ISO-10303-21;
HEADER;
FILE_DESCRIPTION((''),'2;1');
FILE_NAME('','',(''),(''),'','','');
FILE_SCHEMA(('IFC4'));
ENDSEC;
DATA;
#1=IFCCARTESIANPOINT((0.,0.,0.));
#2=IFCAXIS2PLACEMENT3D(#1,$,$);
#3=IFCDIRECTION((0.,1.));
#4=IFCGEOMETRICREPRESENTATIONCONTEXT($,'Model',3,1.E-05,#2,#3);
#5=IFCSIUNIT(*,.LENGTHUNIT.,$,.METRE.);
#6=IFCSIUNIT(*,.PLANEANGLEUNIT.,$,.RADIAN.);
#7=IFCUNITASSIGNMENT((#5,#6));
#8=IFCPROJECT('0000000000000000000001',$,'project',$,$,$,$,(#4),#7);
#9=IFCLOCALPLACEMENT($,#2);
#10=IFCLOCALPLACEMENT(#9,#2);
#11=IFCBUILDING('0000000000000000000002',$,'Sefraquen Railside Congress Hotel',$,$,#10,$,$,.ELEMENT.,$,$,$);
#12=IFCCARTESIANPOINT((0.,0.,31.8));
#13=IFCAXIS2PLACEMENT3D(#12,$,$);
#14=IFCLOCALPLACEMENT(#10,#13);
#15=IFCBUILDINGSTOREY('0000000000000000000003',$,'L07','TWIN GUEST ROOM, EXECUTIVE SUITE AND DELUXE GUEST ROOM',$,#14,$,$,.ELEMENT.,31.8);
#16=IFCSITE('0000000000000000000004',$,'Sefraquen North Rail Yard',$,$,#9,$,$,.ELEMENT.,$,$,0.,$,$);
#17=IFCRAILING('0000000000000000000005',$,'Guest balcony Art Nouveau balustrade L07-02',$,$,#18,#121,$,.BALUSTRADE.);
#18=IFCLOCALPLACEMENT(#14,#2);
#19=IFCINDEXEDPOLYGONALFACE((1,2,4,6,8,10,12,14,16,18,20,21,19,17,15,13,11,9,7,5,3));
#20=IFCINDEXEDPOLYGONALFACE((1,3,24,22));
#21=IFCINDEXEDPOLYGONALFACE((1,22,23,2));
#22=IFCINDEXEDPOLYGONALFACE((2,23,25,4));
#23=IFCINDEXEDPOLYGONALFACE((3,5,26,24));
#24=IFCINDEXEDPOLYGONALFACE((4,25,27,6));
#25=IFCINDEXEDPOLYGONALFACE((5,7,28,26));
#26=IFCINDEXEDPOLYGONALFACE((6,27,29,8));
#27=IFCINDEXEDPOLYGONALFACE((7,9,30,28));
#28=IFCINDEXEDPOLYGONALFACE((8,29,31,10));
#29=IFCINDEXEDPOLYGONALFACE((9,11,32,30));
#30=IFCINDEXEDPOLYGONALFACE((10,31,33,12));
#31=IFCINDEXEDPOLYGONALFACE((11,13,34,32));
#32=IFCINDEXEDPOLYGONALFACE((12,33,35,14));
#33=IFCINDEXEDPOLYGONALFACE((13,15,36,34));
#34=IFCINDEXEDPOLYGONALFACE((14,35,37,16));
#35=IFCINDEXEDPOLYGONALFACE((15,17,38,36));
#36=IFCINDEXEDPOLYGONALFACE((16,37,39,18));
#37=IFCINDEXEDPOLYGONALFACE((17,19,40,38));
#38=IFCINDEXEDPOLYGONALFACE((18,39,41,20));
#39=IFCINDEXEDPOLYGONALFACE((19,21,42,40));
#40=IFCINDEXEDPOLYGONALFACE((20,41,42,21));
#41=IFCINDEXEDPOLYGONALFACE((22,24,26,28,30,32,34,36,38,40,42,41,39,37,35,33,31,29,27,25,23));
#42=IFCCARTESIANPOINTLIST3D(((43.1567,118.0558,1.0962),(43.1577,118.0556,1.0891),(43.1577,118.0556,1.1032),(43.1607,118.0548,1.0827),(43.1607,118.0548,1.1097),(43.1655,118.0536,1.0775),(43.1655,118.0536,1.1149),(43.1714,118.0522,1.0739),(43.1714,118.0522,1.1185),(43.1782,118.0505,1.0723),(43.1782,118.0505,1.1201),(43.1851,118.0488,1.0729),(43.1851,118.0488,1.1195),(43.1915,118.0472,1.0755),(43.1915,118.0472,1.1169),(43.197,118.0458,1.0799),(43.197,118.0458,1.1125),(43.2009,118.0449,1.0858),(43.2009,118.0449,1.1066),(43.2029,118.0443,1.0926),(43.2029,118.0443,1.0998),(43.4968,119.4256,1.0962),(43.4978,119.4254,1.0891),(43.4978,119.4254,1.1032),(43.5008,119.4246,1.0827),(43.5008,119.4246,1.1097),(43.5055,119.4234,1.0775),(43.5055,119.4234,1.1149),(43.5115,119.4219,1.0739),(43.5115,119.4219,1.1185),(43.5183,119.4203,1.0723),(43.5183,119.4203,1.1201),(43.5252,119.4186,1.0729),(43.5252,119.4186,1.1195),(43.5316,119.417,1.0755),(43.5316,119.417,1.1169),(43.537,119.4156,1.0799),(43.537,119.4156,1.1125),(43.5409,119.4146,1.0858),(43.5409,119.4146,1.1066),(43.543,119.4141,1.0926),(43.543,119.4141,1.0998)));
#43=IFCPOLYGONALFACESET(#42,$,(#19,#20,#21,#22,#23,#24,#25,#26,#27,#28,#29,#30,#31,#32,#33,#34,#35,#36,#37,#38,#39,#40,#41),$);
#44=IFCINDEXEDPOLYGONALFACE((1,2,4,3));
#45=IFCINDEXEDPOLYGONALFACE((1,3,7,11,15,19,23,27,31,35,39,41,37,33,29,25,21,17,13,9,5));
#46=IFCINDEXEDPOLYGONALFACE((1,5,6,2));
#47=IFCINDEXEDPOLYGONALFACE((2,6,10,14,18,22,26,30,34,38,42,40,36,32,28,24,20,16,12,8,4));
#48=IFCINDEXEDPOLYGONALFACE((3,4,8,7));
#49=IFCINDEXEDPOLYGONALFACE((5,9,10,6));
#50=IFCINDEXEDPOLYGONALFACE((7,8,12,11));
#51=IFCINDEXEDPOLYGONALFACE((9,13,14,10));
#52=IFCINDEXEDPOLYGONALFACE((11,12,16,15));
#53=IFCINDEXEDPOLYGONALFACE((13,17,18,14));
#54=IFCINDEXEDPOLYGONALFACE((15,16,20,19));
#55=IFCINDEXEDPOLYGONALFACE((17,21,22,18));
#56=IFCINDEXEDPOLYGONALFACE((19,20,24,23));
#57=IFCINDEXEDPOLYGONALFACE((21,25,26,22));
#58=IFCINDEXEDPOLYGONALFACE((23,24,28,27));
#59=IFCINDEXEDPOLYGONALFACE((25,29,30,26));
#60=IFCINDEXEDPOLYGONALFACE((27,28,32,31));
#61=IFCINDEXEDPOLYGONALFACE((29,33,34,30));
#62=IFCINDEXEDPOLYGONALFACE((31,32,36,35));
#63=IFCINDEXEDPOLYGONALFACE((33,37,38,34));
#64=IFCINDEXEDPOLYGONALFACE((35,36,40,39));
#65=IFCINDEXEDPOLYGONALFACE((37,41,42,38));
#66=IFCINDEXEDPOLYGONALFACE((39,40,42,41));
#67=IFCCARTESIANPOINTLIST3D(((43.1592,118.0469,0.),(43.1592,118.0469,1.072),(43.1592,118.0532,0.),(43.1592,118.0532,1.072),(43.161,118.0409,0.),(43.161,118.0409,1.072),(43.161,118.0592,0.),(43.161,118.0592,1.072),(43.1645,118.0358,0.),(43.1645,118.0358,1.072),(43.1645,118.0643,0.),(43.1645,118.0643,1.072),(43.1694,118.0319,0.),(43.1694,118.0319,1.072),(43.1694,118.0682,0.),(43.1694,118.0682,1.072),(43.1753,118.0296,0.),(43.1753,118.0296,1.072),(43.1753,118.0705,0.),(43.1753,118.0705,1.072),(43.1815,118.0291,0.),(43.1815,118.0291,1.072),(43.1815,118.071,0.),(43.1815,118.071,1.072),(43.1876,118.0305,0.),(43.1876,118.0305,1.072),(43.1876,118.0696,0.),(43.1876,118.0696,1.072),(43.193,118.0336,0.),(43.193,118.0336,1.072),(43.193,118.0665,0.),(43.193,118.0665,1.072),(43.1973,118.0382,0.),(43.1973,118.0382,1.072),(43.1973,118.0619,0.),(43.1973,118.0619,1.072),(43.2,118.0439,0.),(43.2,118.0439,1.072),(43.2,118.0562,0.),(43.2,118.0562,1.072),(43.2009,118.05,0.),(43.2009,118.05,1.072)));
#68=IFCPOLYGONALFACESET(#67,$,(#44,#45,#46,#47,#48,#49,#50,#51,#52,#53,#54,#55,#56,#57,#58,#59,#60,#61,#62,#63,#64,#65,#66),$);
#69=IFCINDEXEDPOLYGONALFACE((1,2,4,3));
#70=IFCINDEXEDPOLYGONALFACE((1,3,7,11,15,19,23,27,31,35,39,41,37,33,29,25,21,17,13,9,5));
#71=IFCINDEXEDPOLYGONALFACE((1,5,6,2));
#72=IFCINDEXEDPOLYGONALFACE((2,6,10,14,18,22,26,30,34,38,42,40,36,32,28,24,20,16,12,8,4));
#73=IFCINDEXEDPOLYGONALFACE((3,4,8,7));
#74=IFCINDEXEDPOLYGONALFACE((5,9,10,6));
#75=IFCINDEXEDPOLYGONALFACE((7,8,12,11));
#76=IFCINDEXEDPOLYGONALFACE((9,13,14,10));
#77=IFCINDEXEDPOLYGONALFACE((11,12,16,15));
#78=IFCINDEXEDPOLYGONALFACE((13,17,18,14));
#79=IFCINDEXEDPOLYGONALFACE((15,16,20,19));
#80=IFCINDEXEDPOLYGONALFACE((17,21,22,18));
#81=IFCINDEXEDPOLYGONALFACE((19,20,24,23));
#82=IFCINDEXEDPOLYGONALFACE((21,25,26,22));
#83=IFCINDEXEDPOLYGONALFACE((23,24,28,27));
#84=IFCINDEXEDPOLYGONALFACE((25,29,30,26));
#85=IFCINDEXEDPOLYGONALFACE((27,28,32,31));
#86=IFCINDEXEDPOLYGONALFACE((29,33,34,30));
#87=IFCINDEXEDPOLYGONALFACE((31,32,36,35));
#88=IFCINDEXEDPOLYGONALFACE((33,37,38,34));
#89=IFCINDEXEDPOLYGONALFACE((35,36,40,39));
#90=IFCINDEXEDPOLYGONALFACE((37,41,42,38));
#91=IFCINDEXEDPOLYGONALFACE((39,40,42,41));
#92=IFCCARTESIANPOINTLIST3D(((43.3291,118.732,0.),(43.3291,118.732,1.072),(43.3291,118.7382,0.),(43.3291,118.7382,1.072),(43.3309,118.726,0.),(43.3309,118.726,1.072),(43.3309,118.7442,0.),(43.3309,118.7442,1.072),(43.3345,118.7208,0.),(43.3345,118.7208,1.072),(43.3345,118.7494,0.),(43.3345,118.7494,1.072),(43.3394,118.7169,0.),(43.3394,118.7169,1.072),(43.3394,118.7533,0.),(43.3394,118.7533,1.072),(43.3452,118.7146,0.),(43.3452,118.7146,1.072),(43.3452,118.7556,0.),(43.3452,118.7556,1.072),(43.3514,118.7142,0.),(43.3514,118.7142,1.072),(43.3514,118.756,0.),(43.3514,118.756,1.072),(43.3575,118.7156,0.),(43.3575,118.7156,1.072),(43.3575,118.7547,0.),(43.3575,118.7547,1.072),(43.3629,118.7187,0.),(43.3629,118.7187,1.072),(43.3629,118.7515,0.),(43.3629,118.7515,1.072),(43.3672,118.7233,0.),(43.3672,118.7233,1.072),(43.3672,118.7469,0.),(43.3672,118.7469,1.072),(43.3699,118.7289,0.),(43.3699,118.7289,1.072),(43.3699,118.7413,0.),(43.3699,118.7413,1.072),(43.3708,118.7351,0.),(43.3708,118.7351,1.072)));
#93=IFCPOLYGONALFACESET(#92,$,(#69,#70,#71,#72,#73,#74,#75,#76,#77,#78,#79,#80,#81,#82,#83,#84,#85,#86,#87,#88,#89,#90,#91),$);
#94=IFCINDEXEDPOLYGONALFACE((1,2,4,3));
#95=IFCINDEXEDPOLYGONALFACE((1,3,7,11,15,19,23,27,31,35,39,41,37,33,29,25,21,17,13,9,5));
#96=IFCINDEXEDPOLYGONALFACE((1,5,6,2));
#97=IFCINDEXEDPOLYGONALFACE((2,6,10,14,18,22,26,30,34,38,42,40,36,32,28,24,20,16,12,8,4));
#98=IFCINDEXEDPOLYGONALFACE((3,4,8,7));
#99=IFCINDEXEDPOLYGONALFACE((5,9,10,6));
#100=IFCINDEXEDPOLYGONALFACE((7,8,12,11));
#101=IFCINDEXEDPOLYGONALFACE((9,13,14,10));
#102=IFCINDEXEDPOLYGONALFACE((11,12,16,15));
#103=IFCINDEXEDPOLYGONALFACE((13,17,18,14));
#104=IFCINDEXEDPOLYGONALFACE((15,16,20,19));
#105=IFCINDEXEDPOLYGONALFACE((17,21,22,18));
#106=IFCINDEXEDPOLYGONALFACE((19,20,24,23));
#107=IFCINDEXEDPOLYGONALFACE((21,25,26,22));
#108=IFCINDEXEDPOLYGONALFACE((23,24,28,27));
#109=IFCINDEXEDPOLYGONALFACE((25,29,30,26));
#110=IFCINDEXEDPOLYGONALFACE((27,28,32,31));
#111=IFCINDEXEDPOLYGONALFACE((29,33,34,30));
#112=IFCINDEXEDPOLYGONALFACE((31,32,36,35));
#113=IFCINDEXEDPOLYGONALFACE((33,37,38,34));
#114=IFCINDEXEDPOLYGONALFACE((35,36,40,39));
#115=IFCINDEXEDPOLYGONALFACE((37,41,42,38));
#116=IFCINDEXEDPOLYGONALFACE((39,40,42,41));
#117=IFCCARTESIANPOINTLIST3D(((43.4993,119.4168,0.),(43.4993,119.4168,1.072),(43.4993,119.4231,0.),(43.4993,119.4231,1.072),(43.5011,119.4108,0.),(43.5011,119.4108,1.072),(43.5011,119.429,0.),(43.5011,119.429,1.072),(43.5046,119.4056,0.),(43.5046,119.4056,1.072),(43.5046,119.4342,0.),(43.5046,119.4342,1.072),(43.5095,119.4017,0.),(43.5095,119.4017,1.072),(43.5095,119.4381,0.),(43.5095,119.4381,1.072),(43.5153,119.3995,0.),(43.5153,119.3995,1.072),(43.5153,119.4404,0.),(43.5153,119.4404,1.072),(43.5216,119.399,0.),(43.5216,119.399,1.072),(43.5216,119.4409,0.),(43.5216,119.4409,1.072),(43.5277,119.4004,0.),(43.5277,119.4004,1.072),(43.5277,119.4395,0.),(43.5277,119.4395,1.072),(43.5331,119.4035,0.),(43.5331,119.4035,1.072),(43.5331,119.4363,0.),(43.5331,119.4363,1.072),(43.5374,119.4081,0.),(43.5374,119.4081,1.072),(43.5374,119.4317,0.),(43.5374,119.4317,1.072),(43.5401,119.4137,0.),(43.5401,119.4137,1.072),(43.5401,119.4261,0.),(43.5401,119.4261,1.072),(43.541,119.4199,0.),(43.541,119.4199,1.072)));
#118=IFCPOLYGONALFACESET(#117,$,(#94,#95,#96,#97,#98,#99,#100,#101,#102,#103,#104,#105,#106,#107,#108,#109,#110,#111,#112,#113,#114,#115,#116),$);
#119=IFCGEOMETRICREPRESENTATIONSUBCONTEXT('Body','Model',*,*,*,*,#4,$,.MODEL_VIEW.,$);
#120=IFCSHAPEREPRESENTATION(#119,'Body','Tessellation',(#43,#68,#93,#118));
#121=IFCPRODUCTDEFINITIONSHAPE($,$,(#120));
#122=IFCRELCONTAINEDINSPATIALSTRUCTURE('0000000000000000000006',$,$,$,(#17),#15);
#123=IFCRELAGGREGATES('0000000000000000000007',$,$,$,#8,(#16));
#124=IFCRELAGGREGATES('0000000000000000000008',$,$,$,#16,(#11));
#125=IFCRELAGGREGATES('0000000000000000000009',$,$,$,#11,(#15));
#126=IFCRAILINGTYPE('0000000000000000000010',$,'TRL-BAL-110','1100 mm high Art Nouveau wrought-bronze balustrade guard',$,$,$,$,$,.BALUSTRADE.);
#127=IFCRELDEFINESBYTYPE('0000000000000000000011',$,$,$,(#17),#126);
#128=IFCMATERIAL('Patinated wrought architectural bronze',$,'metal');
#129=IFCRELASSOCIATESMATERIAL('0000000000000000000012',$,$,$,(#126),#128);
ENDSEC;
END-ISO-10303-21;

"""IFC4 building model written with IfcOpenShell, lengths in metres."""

from ifc_helpers import new_model, si_unit, direction, frame, origin, origin_2d, place, context, subcontext, project, spatial, circle, extrude, material, type_object, element, save


model = new_model("IFC4")

# Units and contexts
model_context = context("Model", 3, precision=1e-05, world=origin(), true_north=direction((0.0, 1.0)))
body_context = subcontext(model_context, "Body", "Model", "MODEL_VIEW")
ifc_project = project(units=[si_unit("LENGTHUNIT", "METRE"), si_unit("PLANEANGLEUNIT", "RADIAN")], contexts=[model_context])

# Site, building, storey
site_placement = place(None, origin())
site = spatial("IfcSite", under=ifc_project, at=site_placement, Name="Sefraquen North Rail Yard", CompositionType="ELEMENT", RefElevation=0.0)
building_placement = place(site_placement, origin())
building = spatial("IfcBuilding", under=site, at=building_placement, Name="Sefraquen Railside Congress Hotel", CompositionType="ELEMENT")
storey_placement = place(building_placement, frame((0.0, 0.0, 31.8)))
storey = spatial("IfcBuildingStorey", under=building, at=storey_placement, Name="L07", Description="TWIN GUEST ROOM, EXECUTIVE SUITE AND DELUXE GUEST ROOM", CompositionType="ELEMENT", Elevation=31.8)

# Railing
ifc_material_1 = material(Name="Patinated wrought architectural bronze", Category="metal")
railing_type = type_object("IfcRailingType", Name="TRL-BAL-110", Description="1100 mm high Art Nouveau wrought-bronze balustrade guard", PredefinedType="BALUSTRADE", material=ifc_material_1)
railing_1_placement = place(storey_placement, frame((43.1799, 118.05, 0.0)))
element("IfcRailing", 1, at=railing_1_placement, inside=storey, type_object=railing_type, Name="Guest balcony Art Nouveau balustrade L07-02", PredefinedType="BALUSTRADE", context=body_context, shape_type="SweptSolid", body=[
    extrude(circle(Radius=0.0239, at=origin_2d()), frame((0.0, 0.0, 1.0962), z_axis=(0.240948, 0.970538, 0.0), x_axis=(-0.970538, 0.240948, 0.0)), (0.0, 0.0, 1.0), 1.4114),
    extrude(circle(Radius=0.021, at=origin_2d()), origin(), (0.0, 0.0, 1.0), 1.072),
    extrude(circle(Radius=0.021, at=origin_2d()), frame((0.1699, 0.6851, 0.0)), (0.0, 0.0, 1.0), 1.072),
    extrude(circle(Radius=0.021, at=origin_2d()), frame((0.3401, 1.3699, 0.0)), (0.0, 0.0, 1.0), 1.072),
])

save(model, "model.ifc")
